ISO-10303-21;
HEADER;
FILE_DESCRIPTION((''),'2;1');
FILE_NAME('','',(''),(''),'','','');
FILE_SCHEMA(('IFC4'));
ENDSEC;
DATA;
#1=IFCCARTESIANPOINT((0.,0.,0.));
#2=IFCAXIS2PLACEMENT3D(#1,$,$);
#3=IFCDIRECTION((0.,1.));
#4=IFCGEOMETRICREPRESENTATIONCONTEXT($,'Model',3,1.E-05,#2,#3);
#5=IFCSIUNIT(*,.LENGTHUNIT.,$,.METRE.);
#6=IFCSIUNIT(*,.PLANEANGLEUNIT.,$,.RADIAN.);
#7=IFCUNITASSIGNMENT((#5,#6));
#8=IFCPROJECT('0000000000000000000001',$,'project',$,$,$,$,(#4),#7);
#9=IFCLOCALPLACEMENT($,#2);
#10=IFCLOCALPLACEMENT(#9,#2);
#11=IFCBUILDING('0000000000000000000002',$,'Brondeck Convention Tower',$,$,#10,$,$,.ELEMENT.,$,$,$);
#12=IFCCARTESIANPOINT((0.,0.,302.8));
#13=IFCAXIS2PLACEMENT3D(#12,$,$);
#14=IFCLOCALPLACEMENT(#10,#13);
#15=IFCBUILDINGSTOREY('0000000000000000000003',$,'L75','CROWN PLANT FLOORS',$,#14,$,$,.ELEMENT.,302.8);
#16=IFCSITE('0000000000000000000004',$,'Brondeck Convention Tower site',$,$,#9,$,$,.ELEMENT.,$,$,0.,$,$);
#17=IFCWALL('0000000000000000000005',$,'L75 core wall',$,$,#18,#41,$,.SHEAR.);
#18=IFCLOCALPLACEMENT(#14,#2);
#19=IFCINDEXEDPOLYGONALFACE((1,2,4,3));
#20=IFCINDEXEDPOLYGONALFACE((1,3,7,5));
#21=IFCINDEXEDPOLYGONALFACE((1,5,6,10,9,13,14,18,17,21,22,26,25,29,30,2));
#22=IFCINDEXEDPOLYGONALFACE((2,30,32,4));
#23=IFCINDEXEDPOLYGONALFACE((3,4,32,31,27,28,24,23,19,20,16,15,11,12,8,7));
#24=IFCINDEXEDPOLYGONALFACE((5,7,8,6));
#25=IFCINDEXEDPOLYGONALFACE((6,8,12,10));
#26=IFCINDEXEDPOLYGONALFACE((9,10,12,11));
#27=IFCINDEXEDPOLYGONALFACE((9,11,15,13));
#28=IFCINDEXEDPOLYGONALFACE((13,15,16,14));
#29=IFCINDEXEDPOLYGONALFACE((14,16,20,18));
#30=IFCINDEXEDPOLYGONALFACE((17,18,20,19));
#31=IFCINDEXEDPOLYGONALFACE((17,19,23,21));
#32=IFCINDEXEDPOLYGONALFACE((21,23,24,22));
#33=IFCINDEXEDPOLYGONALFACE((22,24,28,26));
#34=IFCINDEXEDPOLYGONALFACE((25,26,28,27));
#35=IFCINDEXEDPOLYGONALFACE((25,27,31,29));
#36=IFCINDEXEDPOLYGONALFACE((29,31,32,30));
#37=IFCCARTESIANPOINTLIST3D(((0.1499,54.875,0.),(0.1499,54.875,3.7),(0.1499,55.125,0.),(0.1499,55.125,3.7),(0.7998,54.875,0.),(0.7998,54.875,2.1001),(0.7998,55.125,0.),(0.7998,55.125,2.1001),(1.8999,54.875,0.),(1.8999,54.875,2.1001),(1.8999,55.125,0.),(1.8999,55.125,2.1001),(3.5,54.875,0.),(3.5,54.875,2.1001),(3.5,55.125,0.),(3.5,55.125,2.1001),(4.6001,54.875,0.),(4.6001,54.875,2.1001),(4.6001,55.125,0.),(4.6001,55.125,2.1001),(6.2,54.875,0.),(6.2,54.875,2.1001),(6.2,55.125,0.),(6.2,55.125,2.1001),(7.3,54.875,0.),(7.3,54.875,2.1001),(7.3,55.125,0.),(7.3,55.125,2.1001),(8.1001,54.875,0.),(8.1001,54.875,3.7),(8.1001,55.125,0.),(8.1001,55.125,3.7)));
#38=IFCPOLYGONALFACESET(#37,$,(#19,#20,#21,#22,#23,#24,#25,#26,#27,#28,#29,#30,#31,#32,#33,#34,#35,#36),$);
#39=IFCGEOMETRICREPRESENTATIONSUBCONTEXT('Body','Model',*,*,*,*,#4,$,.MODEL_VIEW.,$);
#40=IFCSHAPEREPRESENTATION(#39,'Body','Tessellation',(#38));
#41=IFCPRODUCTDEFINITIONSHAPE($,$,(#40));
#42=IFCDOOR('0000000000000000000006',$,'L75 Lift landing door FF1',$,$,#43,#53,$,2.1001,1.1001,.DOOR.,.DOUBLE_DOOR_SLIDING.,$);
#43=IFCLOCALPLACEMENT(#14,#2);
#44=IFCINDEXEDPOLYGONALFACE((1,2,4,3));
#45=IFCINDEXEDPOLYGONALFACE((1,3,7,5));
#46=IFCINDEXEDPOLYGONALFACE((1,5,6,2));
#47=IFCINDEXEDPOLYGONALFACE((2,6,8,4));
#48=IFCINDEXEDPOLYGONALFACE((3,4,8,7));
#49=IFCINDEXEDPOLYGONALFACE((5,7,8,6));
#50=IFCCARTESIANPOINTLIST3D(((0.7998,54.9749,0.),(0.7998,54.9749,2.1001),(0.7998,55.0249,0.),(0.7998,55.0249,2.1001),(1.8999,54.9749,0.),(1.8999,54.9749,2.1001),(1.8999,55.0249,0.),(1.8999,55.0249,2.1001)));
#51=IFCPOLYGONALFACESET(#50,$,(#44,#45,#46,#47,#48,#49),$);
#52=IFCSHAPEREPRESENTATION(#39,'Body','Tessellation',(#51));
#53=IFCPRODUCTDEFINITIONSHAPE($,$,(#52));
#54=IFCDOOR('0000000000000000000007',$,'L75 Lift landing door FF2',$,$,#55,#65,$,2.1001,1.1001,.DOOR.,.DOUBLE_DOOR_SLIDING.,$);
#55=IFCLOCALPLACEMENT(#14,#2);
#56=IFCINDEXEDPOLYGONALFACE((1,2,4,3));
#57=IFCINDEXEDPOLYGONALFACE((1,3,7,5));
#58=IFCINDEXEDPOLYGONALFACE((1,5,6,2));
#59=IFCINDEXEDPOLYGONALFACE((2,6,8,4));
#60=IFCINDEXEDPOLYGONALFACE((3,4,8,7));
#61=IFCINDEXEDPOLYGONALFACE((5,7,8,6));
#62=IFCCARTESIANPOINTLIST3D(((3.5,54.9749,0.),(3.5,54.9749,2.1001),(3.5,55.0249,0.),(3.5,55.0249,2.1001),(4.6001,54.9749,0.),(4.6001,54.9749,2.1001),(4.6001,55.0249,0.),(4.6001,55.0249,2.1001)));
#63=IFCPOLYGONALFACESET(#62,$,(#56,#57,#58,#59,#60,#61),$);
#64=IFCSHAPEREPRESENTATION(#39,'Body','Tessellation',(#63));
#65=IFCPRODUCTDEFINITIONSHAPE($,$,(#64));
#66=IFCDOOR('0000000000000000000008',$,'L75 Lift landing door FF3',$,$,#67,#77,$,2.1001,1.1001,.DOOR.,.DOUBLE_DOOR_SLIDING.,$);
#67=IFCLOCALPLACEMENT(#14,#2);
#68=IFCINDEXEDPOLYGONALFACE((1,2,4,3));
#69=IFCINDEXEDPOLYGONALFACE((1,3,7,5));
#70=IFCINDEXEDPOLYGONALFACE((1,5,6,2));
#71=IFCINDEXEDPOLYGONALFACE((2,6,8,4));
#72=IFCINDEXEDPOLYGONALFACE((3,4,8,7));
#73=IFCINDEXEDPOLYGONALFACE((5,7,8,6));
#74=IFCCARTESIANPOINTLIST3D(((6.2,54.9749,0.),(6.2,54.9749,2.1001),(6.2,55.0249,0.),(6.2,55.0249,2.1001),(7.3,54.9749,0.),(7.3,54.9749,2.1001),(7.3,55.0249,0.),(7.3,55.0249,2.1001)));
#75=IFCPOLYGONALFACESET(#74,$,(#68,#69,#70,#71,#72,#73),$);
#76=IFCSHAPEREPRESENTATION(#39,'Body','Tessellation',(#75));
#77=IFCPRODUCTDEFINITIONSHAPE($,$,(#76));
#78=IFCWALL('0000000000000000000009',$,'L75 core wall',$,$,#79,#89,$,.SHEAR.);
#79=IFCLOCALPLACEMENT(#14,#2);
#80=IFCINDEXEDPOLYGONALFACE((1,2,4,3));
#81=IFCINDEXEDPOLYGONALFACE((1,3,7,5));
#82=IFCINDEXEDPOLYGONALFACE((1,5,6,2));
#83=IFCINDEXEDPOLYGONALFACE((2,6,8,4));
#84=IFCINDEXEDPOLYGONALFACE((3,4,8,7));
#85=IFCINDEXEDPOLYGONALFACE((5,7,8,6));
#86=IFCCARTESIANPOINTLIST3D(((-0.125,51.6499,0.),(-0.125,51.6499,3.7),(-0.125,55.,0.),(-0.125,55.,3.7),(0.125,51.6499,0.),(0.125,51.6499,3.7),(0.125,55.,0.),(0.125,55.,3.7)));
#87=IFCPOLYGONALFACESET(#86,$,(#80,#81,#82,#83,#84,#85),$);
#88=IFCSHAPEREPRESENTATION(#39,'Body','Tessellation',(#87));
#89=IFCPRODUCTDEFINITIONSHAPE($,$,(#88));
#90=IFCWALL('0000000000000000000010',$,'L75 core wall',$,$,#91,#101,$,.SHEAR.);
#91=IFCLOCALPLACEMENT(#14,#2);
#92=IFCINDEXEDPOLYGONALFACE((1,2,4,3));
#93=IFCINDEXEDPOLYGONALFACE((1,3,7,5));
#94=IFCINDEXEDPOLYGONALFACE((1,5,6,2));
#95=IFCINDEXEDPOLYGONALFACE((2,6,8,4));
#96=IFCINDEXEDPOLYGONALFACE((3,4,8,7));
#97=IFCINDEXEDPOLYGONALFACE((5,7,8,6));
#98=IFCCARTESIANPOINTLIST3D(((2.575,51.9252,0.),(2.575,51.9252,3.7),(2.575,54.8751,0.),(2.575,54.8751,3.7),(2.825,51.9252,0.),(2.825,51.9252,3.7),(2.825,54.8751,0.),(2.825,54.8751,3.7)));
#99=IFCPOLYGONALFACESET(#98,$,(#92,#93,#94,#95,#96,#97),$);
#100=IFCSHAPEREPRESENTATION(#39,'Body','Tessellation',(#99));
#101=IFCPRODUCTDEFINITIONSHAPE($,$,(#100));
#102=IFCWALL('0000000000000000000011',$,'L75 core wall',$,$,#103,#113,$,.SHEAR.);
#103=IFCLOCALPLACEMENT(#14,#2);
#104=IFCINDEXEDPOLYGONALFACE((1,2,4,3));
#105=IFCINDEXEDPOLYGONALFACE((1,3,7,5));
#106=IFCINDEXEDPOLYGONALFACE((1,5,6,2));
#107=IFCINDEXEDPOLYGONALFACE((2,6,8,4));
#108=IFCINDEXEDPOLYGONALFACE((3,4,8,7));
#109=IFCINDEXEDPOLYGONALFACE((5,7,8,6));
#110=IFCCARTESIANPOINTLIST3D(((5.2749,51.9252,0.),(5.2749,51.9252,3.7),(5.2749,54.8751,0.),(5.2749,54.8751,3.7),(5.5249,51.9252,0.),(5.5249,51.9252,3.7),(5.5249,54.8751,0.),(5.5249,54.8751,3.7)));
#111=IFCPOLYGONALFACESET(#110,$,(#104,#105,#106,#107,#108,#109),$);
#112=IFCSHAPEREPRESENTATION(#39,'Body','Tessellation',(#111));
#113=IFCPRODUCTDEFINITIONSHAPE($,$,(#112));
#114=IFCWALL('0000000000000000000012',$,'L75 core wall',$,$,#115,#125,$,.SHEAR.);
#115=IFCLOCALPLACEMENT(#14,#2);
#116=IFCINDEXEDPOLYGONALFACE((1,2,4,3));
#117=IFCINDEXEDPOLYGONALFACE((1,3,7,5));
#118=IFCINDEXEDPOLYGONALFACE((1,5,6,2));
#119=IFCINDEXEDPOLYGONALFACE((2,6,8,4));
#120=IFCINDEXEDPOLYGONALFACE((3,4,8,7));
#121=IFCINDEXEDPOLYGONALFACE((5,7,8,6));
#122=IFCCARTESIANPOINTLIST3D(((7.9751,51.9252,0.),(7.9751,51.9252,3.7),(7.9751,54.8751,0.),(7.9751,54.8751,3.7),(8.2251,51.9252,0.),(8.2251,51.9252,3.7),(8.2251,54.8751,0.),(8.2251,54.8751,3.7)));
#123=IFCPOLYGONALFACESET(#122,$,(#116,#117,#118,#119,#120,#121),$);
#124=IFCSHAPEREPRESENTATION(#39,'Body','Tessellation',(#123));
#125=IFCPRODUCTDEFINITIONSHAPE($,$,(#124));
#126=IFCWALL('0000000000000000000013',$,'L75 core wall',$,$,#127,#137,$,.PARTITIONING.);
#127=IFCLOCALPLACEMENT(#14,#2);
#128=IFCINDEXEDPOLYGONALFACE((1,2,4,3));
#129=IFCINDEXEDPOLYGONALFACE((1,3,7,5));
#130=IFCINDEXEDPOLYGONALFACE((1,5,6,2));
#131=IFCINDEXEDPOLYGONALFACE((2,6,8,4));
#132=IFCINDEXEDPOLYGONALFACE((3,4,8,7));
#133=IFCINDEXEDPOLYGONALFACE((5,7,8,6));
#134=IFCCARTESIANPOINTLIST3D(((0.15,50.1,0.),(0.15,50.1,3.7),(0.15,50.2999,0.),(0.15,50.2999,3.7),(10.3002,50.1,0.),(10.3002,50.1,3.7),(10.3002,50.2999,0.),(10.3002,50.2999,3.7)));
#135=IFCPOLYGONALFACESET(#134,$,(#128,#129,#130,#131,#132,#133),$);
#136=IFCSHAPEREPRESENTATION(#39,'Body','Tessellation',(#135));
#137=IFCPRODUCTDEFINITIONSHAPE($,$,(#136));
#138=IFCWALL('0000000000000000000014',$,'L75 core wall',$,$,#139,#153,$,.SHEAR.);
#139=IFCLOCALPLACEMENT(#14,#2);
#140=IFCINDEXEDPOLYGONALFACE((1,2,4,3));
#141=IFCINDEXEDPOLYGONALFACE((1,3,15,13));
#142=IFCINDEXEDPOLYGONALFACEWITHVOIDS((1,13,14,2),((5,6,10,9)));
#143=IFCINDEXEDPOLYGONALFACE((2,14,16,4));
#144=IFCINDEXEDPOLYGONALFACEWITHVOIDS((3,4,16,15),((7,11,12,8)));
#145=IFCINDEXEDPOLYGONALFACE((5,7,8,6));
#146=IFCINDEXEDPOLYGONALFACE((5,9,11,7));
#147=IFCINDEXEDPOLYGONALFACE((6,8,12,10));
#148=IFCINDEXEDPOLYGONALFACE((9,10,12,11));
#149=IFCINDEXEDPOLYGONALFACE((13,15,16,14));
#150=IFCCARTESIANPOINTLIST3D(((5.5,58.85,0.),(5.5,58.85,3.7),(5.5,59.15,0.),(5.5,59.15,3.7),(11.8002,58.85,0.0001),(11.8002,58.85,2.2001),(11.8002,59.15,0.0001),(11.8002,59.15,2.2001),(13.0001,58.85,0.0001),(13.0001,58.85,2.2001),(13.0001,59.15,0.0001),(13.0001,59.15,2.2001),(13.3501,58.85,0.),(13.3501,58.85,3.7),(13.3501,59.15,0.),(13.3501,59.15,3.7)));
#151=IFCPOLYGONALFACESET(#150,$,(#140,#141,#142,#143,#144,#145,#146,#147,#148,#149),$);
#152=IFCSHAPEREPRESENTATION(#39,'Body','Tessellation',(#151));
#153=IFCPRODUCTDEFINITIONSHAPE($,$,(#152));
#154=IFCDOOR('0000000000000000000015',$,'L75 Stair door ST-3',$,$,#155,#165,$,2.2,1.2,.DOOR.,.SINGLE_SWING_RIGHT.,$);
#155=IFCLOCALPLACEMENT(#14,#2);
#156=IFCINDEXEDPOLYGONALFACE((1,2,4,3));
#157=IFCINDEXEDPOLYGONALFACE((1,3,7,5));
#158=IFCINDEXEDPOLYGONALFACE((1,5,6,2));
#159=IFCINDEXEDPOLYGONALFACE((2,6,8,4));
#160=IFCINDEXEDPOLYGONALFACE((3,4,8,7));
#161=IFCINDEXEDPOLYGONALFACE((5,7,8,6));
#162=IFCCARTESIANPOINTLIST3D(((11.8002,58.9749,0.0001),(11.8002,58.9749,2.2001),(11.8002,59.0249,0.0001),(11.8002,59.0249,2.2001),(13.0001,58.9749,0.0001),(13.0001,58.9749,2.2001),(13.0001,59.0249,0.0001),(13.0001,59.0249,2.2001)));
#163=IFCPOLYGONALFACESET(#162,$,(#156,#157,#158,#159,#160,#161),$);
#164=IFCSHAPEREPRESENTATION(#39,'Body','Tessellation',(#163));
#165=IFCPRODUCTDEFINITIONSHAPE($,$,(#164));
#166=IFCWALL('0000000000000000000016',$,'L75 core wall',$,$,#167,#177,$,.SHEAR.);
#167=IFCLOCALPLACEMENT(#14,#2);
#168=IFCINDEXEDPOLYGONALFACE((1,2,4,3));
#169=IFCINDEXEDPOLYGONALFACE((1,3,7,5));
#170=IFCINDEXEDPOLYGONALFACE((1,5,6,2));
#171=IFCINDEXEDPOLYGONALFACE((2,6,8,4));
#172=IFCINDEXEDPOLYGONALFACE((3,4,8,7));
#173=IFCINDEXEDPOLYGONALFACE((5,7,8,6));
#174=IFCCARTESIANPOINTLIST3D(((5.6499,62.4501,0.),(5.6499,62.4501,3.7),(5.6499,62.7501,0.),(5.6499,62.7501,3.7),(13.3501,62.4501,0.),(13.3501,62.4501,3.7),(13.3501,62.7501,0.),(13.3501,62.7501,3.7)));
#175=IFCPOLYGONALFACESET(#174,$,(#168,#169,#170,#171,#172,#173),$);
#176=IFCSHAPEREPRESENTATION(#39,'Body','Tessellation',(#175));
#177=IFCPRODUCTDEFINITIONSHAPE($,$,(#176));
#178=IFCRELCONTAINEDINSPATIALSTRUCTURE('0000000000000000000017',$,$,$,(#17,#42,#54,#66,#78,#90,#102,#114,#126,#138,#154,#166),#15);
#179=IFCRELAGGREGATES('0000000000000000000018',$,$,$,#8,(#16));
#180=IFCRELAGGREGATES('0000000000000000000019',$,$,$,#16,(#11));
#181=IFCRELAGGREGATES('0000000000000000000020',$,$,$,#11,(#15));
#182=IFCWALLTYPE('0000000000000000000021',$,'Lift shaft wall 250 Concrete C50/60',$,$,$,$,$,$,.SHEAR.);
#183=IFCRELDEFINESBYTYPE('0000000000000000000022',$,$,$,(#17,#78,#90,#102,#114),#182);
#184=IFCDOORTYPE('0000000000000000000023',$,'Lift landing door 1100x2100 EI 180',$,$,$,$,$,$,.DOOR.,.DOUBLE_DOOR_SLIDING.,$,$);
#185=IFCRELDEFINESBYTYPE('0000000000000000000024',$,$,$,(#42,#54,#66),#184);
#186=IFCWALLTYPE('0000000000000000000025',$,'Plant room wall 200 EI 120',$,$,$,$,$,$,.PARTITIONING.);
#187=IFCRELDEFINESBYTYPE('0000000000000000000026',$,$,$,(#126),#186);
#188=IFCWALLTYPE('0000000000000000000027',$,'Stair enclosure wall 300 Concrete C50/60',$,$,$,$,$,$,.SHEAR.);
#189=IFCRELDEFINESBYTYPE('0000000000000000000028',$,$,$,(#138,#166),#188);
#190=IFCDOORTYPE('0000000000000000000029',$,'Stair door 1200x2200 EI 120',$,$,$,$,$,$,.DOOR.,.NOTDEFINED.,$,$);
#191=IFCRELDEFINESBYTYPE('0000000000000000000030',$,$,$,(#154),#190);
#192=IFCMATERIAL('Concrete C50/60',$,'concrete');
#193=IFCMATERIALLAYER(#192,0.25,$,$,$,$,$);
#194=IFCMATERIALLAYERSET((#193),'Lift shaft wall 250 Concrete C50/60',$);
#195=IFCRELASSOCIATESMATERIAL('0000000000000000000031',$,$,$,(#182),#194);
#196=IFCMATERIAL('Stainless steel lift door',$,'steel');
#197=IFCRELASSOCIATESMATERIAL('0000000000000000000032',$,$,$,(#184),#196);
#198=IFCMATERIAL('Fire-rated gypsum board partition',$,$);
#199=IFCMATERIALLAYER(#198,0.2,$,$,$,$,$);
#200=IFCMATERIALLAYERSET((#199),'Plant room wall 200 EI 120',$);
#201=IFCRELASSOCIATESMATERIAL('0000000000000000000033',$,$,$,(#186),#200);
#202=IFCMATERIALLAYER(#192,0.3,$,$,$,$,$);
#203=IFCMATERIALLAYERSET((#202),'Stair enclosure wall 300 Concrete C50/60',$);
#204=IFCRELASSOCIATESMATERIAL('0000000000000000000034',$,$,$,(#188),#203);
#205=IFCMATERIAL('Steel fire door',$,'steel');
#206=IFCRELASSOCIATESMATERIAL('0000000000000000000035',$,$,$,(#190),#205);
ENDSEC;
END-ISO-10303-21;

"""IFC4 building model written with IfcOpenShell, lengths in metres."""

from ifc_helpers import new_model, si_unit, direction, frame, frame_2d, origin, place, context, subcontext, project, spatial, rectangle, extrude, material, layer, layer_set, type_object, element, fill, save


model = new_model("IFC4")

# Units and contexts
model_context = context("Model", 3, precision=1e-05, world=origin(), true_north=direction((0.0, 1.0)))
body_context = subcontext(model_context, "Body", "Model", "MODEL_VIEW")
ifc_project = project(units=[si_unit("LENGTHUNIT", "METRE"), si_unit("PLANEANGLEUNIT", "RADIAN")], contexts=[model_context])

# Site, building, storey
site_placement = place(None, origin())
site = spatial("IfcSite", under=ifc_project, at=site_placement, Name="Brondeck Convention Tower site", CompositionType="ELEMENT", RefElevation=0.0)
building_placement = place(site_placement, origin())
building = spatial("IfcBuilding", under=site, at=building_placement, Name="Brondeck Convention Tower", CompositionType="ELEMENT")
storey_placement = place(building_placement, frame((0.0, 0.0, 302.8)))
storey = spatial("IfcBuildingStorey", under=building, at=storey_placement, Name="L75", Description="CROWN PLANT FLOORS", CompositionType="ELEMENT", Elevation=302.8)

# Shared definitions
ifc_material_1 = material(Name="Concrete C50/60", Category="concrete")

# Shared definitions
ifc_material_2 = material(Name="Fire-rated gypsum board partition")
ifc_layer_1 = layer(ifc_material_1, 0.25)
ifc_layer_set_1 = layer_set([ifc_layer_1], Name="Lift shaft wall 250 Concrete C50/60")
wall_type_1 = type_object("IfcWallType", Name="Lift shaft wall 250 Concrete C50/60", PredefinedType="SHEAR", material=ifc_layer_set_1)

# Wall, openings, doors
wall_1_placement = place(storey_placement, frame((0.1499, 55.0, 0.0), z_axis=(0.0, 0.0, 1.0), x_axis=(1.0, 0.0, 0.0)))
wall_1 = element("IfcWall", 1, at=wall_1_placement, inside=storey, type_object=wall_type_1, Name="L75 core wall", PredefinedType="SHEAR", context=body_context, shape_type="SweptSolid", body=[
    extrude(rectangle(XDim=7.9502, YDim=0.25, at=frame_2d((3.9751, 0.0))), origin(), (0.0, 0.0, 1.0), 3.7),
])
opening_1_placement = place(wall_1_placement, frame((0.6499, 0.0, 0.0)))
opening_1 = element("IfcOpeningElement", 2, at=opening_1_placement, cuts=wall_1, PredefinedType="OPENING", context=body_context, shape_type="SweptSolid", body=[
    extrude(rectangle(XDim=1.1001, YDim=2.1001, at=frame_2d((0.55, 1.05))), frame((0.0, 0.135, 0.0), z_axis=(0.0, -1.0, 0.0), x_axis=(1.0, 0.0, 0.0)), (0.0, 0.0, 1.0), 0.27),
])
opening_2_placement = place(wall_1_placement, frame((3.3501, 0.0, 0.0)))
opening_2 = element("IfcOpeningElement", 3, at=opening_2_placement, cuts=wall_1, PredefinedType="OPENING", context=body_context, shape_type="SweptSolid", body=[
    extrude(rectangle(XDim=1.1001, YDim=2.1001, at=frame_2d((0.55, 1.05))), frame((0.0, 0.135, 0.0), z_axis=(0.0, -1.0, 0.0), x_axis=(1.0, 0.0, 0.0)), (0.0, 0.0, 1.0), 0.27),
])
opening_3_placement = place(wall_1_placement, frame((6.05, 0.0, 0.0)))
opening_3 = element("IfcOpeningElement", 4, at=opening_3_placement, cuts=wall_1, PredefinedType="OPENING", context=body_context, shape_type="SweptSolid", body=[
    extrude(rectangle(XDim=1.1001, YDim=2.1001, at=frame_2d((0.55, 1.05))), frame((0.0, 0.135, 0.0), z_axis=(0.0, -1.0, 0.0), x_axis=(1.0, 0.0, 0.0)), (0.0, 0.0, 1.0), 0.27),
])
ifc_material_3 = material(Name="Stainless steel lift door", Category="steel")
door_type_1 = type_object("IfcDoorType", Name="Lift landing door 1100x2100 EI 180", OperationType="DOUBLE_DOOR_SLIDING", PredefinedType="DOOR", material=ifc_material_3)
door_1_placement = place(opening_1_placement, origin())
door_1 = element("IfcDoor", 5, at=door_1_placement, inside=storey, type_object=door_type_1, Name="L75 Lift landing door FF1", OperationType="DOUBLE_DOOR_SLIDING", OverallHeight=2.1001, OverallWidth=1.1001, PredefinedType="DOOR", context=body_context, shape_type="SweptSolid", body=[
    extrude(rectangle(XDim=1.1001, YDim=2.1001, at=frame_2d((0.55, 1.05))), frame((0.0, 0.0249, 0.0), z_axis=(0.0, -1.0, 0.0), x_axis=(1.0, 0.0, 0.0)), (0.0, 0.0, 1.0), 0.05),
])
fill(opening_1, door_1)
door_2_placement = place(opening_2_placement, origin())
door_2 = element("IfcDoor", 6, at=door_2_placement, inside=storey, type_object=door_type_1, Name="L75 Lift landing door FF2", OperationType="DOUBLE_DOOR_SLIDING", OverallHeight=2.1001, OverallWidth=1.1001, PredefinedType="DOOR", context=body_context, shape_type="SweptSolid", body=[
    extrude(rectangle(XDim=1.1001, YDim=2.1001, at=frame_2d((0.55, 1.05))), frame((0.0, 0.0249, 0.0), z_axis=(0.0, -1.0, 0.0), x_axis=(1.0, 0.0, 0.0)), (0.0, 0.0, 1.0), 0.05),
])
fill(opening_2, door_2)
door_3_placement = place(opening_3_placement, origin())
door_3 = element("IfcDoor", 7, at=door_3_placement, inside=storey, type_object=door_type_1, Name="L75 Lift landing door FF3", OperationType="DOUBLE_DOOR_SLIDING", OverallHeight=2.1001, OverallWidth=1.1001, PredefinedType="DOOR", context=body_context, shape_type="SweptSolid", body=[
    extrude(rectangle(XDim=1.1001, YDim=2.1001, at=frame_2d((0.55, 1.05))), frame((0.0, 0.0249, 0.0), z_axis=(0.0, -1.0, 0.0), x_axis=(1.0, 0.0, 0.0)), (0.0, 0.0, 1.0), 0.05),
])
fill(opening_3, door_3)

# Walls
wall_2_placement = place(storey_placement, frame((0.0, 51.6499, 0.0), z_axis=(0.0, 0.0, 1.0), x_axis=(0.0, 1.0, 0.0)))
element("IfcWall", 8, at=wall_2_placement, inside=storey, type_object=wall_type_1, Name="L75 core wall", PredefinedType="SHEAR", context=body_context, shape_type="SweptSolid", body=[
    extrude(rectangle(XDim=3.3501, YDim=0.25, at=frame_2d((1.675, 0.0))), origin(), (0.0, 0.0, 1.0), 3.7),
])
for number, where, z_axis, x_axis, name in (
    (9, (2.7, 51.925, 0.0), (0.0, 0.0, 1.0), (0.0, 1.0, 0.0), "L75 core wall"),
    (10, (5.3999, 51.925, 0.0), (0.0, 0.0, 1.0), (0.0, 1.0, 0.0), "L75 core wall"),
    (11, (8.1001, 51.925, 0.0), (0.0, 0.0, 1.0), (0.0, 1.0, 0.0), "L75 core wall"),
):
    element("IfcWall", number, at=place(storey_placement, frame(where, z_axis=z_axis, x_axis=x_axis)), inside=storey, type_object=wall_type_1, Name=name, PredefinedType="SHEAR", context=body_context, shape_type="SweptSolid", body=[
        extrude(rectangle(XDim=2.95, YDim=0.25, at=frame_2d((1.4751, 0.0))), origin(), (0.0, 0.0, 1.0), 3.7),
    ])
ifc_layer_2 = layer(ifc_material_2, 0.2)
ifc_layer_set_2 = layer_set([ifc_layer_2], Name="Plant room wall 200 EI 120")
wall_type_2 = type_object("IfcWallType", Name="Plant room wall 200 EI 120", PredefinedType="PARTITIONING", material=ifc_layer_set_2)
wall_3_placement = place(storey_placement, frame((0.1499, 50.2, 0.0), z_axis=(0.0, 0.0, 1.0), x_axis=(1.0, 0.0, 0.0)))
element("IfcWall", 12, at=wall_3_placement, inside=storey, type_object=wall_type_2, Name="L75 core wall", PredefinedType="PARTITIONING", context=body_context, shape_type="SweptSolid", body=[
    extrude(rectangle(XDim=10.1501, YDim=0.2, at=frame_2d((5.0752, 0.0))), origin(), (0.0, 0.0, 1.0), 3.7),
])

# Wall, opening, door
ifc_layer_3 = layer(ifc_material_1, 0.3)
ifc_layer_set_3 = layer_set([ifc_layer_3], Name="Stair enclosure wall 300 Concrete C50/60")
wall_type_3 = type_object("IfcWallType", Name="Stair enclosure wall 300 Concrete C50/60", PredefinedType="SHEAR", material=ifc_layer_set_3)
wall_4_placement = place(storey_placement, frame((5.5, 59.0, 0.0), z_axis=(0.0, 0.0, 1.0), x_axis=(1.0, 0.0, 0.0)))
wall_4 = element("IfcWall", 13, at=wall_4_placement, inside=storey, type_object=wall_type_3, Name="L75 core wall", PredefinedType="SHEAR", context=body_context, shape_type="SweptSolid", body=[
    extrude(rectangle(XDim=7.8501, YDim=0.3, at=frame_2d((3.925, 0.0))), origin(), (0.0, 0.0, 1.0), 3.7),
])
opening_4_placement = place(wall_4_placement, frame((6.3, 0.0, 0.0)))
opening_4 = element("IfcOpeningElement", 14, at=opening_4_placement, cuts=wall_4, PredefinedType="OPENING", context=body_context, shape_type="SweptSolid", body=[
    extrude(rectangle(XDim=1.2, YDim=2.2, at=frame_2d((0.6001, 1.1001))), frame((0.0, 0.1599, 0.0), z_axis=(0.0, -1.0, 0.0), x_axis=(1.0, 0.0, 0.0)), (0.0, 0.0, 1.0), 0.3201),
])
ifc_material_4 = material(Name="Steel fire door", Category="steel")
door_type_2 = type_object("IfcDoorType", Name="Stair door 1200x2200 EI 120", OperationType="NOTDEFINED", PredefinedType="DOOR", material=ifc_material_4)
door_4_placement = place(opening_4_placement, origin())
door_4 = element("IfcDoor", 15, at=door_4_placement, inside=storey, type_object=door_type_2, Name="L75 Stair door ST-3", OperationType="SINGLE_SWING_RIGHT", OverallHeight=2.2, OverallWidth=1.2, PredefinedType="DOOR", context=body_context, shape_type="SweptSolid", body=[
    extrude(rectangle(XDim=1.2, YDim=2.2, at=frame_2d((0.6001, 1.1001))), frame((0.0, 0.0249, 0.0), z_axis=(0.0, -1.0, 0.0), x_axis=(1.0, 0.0, 0.0)), (0.0, 0.0, 1.0), 0.05),
])
fill(opening_4, door_4)

# Wall
wall_5_placement = place(storey_placement, frame((5.6499, 62.6001, 0.0), z_axis=(0.0, 0.0, 1.0), x_axis=(1.0, 0.0, 0.0)))
element("IfcWall", 16, at=wall_5_placement, inside=storey, type_object=wall_type_3, Name="L75 core wall", PredefinedType="SHEAR", context=body_context, shape_type="SweptSolid", body=[
    extrude(rectangle(XDim=7.7002, YDim=0.3, at=frame_2d((3.8501, 0.0))), origin(), (0.0, 0.0, 1.0), 3.7),
])

save(model, "model.ifc")
